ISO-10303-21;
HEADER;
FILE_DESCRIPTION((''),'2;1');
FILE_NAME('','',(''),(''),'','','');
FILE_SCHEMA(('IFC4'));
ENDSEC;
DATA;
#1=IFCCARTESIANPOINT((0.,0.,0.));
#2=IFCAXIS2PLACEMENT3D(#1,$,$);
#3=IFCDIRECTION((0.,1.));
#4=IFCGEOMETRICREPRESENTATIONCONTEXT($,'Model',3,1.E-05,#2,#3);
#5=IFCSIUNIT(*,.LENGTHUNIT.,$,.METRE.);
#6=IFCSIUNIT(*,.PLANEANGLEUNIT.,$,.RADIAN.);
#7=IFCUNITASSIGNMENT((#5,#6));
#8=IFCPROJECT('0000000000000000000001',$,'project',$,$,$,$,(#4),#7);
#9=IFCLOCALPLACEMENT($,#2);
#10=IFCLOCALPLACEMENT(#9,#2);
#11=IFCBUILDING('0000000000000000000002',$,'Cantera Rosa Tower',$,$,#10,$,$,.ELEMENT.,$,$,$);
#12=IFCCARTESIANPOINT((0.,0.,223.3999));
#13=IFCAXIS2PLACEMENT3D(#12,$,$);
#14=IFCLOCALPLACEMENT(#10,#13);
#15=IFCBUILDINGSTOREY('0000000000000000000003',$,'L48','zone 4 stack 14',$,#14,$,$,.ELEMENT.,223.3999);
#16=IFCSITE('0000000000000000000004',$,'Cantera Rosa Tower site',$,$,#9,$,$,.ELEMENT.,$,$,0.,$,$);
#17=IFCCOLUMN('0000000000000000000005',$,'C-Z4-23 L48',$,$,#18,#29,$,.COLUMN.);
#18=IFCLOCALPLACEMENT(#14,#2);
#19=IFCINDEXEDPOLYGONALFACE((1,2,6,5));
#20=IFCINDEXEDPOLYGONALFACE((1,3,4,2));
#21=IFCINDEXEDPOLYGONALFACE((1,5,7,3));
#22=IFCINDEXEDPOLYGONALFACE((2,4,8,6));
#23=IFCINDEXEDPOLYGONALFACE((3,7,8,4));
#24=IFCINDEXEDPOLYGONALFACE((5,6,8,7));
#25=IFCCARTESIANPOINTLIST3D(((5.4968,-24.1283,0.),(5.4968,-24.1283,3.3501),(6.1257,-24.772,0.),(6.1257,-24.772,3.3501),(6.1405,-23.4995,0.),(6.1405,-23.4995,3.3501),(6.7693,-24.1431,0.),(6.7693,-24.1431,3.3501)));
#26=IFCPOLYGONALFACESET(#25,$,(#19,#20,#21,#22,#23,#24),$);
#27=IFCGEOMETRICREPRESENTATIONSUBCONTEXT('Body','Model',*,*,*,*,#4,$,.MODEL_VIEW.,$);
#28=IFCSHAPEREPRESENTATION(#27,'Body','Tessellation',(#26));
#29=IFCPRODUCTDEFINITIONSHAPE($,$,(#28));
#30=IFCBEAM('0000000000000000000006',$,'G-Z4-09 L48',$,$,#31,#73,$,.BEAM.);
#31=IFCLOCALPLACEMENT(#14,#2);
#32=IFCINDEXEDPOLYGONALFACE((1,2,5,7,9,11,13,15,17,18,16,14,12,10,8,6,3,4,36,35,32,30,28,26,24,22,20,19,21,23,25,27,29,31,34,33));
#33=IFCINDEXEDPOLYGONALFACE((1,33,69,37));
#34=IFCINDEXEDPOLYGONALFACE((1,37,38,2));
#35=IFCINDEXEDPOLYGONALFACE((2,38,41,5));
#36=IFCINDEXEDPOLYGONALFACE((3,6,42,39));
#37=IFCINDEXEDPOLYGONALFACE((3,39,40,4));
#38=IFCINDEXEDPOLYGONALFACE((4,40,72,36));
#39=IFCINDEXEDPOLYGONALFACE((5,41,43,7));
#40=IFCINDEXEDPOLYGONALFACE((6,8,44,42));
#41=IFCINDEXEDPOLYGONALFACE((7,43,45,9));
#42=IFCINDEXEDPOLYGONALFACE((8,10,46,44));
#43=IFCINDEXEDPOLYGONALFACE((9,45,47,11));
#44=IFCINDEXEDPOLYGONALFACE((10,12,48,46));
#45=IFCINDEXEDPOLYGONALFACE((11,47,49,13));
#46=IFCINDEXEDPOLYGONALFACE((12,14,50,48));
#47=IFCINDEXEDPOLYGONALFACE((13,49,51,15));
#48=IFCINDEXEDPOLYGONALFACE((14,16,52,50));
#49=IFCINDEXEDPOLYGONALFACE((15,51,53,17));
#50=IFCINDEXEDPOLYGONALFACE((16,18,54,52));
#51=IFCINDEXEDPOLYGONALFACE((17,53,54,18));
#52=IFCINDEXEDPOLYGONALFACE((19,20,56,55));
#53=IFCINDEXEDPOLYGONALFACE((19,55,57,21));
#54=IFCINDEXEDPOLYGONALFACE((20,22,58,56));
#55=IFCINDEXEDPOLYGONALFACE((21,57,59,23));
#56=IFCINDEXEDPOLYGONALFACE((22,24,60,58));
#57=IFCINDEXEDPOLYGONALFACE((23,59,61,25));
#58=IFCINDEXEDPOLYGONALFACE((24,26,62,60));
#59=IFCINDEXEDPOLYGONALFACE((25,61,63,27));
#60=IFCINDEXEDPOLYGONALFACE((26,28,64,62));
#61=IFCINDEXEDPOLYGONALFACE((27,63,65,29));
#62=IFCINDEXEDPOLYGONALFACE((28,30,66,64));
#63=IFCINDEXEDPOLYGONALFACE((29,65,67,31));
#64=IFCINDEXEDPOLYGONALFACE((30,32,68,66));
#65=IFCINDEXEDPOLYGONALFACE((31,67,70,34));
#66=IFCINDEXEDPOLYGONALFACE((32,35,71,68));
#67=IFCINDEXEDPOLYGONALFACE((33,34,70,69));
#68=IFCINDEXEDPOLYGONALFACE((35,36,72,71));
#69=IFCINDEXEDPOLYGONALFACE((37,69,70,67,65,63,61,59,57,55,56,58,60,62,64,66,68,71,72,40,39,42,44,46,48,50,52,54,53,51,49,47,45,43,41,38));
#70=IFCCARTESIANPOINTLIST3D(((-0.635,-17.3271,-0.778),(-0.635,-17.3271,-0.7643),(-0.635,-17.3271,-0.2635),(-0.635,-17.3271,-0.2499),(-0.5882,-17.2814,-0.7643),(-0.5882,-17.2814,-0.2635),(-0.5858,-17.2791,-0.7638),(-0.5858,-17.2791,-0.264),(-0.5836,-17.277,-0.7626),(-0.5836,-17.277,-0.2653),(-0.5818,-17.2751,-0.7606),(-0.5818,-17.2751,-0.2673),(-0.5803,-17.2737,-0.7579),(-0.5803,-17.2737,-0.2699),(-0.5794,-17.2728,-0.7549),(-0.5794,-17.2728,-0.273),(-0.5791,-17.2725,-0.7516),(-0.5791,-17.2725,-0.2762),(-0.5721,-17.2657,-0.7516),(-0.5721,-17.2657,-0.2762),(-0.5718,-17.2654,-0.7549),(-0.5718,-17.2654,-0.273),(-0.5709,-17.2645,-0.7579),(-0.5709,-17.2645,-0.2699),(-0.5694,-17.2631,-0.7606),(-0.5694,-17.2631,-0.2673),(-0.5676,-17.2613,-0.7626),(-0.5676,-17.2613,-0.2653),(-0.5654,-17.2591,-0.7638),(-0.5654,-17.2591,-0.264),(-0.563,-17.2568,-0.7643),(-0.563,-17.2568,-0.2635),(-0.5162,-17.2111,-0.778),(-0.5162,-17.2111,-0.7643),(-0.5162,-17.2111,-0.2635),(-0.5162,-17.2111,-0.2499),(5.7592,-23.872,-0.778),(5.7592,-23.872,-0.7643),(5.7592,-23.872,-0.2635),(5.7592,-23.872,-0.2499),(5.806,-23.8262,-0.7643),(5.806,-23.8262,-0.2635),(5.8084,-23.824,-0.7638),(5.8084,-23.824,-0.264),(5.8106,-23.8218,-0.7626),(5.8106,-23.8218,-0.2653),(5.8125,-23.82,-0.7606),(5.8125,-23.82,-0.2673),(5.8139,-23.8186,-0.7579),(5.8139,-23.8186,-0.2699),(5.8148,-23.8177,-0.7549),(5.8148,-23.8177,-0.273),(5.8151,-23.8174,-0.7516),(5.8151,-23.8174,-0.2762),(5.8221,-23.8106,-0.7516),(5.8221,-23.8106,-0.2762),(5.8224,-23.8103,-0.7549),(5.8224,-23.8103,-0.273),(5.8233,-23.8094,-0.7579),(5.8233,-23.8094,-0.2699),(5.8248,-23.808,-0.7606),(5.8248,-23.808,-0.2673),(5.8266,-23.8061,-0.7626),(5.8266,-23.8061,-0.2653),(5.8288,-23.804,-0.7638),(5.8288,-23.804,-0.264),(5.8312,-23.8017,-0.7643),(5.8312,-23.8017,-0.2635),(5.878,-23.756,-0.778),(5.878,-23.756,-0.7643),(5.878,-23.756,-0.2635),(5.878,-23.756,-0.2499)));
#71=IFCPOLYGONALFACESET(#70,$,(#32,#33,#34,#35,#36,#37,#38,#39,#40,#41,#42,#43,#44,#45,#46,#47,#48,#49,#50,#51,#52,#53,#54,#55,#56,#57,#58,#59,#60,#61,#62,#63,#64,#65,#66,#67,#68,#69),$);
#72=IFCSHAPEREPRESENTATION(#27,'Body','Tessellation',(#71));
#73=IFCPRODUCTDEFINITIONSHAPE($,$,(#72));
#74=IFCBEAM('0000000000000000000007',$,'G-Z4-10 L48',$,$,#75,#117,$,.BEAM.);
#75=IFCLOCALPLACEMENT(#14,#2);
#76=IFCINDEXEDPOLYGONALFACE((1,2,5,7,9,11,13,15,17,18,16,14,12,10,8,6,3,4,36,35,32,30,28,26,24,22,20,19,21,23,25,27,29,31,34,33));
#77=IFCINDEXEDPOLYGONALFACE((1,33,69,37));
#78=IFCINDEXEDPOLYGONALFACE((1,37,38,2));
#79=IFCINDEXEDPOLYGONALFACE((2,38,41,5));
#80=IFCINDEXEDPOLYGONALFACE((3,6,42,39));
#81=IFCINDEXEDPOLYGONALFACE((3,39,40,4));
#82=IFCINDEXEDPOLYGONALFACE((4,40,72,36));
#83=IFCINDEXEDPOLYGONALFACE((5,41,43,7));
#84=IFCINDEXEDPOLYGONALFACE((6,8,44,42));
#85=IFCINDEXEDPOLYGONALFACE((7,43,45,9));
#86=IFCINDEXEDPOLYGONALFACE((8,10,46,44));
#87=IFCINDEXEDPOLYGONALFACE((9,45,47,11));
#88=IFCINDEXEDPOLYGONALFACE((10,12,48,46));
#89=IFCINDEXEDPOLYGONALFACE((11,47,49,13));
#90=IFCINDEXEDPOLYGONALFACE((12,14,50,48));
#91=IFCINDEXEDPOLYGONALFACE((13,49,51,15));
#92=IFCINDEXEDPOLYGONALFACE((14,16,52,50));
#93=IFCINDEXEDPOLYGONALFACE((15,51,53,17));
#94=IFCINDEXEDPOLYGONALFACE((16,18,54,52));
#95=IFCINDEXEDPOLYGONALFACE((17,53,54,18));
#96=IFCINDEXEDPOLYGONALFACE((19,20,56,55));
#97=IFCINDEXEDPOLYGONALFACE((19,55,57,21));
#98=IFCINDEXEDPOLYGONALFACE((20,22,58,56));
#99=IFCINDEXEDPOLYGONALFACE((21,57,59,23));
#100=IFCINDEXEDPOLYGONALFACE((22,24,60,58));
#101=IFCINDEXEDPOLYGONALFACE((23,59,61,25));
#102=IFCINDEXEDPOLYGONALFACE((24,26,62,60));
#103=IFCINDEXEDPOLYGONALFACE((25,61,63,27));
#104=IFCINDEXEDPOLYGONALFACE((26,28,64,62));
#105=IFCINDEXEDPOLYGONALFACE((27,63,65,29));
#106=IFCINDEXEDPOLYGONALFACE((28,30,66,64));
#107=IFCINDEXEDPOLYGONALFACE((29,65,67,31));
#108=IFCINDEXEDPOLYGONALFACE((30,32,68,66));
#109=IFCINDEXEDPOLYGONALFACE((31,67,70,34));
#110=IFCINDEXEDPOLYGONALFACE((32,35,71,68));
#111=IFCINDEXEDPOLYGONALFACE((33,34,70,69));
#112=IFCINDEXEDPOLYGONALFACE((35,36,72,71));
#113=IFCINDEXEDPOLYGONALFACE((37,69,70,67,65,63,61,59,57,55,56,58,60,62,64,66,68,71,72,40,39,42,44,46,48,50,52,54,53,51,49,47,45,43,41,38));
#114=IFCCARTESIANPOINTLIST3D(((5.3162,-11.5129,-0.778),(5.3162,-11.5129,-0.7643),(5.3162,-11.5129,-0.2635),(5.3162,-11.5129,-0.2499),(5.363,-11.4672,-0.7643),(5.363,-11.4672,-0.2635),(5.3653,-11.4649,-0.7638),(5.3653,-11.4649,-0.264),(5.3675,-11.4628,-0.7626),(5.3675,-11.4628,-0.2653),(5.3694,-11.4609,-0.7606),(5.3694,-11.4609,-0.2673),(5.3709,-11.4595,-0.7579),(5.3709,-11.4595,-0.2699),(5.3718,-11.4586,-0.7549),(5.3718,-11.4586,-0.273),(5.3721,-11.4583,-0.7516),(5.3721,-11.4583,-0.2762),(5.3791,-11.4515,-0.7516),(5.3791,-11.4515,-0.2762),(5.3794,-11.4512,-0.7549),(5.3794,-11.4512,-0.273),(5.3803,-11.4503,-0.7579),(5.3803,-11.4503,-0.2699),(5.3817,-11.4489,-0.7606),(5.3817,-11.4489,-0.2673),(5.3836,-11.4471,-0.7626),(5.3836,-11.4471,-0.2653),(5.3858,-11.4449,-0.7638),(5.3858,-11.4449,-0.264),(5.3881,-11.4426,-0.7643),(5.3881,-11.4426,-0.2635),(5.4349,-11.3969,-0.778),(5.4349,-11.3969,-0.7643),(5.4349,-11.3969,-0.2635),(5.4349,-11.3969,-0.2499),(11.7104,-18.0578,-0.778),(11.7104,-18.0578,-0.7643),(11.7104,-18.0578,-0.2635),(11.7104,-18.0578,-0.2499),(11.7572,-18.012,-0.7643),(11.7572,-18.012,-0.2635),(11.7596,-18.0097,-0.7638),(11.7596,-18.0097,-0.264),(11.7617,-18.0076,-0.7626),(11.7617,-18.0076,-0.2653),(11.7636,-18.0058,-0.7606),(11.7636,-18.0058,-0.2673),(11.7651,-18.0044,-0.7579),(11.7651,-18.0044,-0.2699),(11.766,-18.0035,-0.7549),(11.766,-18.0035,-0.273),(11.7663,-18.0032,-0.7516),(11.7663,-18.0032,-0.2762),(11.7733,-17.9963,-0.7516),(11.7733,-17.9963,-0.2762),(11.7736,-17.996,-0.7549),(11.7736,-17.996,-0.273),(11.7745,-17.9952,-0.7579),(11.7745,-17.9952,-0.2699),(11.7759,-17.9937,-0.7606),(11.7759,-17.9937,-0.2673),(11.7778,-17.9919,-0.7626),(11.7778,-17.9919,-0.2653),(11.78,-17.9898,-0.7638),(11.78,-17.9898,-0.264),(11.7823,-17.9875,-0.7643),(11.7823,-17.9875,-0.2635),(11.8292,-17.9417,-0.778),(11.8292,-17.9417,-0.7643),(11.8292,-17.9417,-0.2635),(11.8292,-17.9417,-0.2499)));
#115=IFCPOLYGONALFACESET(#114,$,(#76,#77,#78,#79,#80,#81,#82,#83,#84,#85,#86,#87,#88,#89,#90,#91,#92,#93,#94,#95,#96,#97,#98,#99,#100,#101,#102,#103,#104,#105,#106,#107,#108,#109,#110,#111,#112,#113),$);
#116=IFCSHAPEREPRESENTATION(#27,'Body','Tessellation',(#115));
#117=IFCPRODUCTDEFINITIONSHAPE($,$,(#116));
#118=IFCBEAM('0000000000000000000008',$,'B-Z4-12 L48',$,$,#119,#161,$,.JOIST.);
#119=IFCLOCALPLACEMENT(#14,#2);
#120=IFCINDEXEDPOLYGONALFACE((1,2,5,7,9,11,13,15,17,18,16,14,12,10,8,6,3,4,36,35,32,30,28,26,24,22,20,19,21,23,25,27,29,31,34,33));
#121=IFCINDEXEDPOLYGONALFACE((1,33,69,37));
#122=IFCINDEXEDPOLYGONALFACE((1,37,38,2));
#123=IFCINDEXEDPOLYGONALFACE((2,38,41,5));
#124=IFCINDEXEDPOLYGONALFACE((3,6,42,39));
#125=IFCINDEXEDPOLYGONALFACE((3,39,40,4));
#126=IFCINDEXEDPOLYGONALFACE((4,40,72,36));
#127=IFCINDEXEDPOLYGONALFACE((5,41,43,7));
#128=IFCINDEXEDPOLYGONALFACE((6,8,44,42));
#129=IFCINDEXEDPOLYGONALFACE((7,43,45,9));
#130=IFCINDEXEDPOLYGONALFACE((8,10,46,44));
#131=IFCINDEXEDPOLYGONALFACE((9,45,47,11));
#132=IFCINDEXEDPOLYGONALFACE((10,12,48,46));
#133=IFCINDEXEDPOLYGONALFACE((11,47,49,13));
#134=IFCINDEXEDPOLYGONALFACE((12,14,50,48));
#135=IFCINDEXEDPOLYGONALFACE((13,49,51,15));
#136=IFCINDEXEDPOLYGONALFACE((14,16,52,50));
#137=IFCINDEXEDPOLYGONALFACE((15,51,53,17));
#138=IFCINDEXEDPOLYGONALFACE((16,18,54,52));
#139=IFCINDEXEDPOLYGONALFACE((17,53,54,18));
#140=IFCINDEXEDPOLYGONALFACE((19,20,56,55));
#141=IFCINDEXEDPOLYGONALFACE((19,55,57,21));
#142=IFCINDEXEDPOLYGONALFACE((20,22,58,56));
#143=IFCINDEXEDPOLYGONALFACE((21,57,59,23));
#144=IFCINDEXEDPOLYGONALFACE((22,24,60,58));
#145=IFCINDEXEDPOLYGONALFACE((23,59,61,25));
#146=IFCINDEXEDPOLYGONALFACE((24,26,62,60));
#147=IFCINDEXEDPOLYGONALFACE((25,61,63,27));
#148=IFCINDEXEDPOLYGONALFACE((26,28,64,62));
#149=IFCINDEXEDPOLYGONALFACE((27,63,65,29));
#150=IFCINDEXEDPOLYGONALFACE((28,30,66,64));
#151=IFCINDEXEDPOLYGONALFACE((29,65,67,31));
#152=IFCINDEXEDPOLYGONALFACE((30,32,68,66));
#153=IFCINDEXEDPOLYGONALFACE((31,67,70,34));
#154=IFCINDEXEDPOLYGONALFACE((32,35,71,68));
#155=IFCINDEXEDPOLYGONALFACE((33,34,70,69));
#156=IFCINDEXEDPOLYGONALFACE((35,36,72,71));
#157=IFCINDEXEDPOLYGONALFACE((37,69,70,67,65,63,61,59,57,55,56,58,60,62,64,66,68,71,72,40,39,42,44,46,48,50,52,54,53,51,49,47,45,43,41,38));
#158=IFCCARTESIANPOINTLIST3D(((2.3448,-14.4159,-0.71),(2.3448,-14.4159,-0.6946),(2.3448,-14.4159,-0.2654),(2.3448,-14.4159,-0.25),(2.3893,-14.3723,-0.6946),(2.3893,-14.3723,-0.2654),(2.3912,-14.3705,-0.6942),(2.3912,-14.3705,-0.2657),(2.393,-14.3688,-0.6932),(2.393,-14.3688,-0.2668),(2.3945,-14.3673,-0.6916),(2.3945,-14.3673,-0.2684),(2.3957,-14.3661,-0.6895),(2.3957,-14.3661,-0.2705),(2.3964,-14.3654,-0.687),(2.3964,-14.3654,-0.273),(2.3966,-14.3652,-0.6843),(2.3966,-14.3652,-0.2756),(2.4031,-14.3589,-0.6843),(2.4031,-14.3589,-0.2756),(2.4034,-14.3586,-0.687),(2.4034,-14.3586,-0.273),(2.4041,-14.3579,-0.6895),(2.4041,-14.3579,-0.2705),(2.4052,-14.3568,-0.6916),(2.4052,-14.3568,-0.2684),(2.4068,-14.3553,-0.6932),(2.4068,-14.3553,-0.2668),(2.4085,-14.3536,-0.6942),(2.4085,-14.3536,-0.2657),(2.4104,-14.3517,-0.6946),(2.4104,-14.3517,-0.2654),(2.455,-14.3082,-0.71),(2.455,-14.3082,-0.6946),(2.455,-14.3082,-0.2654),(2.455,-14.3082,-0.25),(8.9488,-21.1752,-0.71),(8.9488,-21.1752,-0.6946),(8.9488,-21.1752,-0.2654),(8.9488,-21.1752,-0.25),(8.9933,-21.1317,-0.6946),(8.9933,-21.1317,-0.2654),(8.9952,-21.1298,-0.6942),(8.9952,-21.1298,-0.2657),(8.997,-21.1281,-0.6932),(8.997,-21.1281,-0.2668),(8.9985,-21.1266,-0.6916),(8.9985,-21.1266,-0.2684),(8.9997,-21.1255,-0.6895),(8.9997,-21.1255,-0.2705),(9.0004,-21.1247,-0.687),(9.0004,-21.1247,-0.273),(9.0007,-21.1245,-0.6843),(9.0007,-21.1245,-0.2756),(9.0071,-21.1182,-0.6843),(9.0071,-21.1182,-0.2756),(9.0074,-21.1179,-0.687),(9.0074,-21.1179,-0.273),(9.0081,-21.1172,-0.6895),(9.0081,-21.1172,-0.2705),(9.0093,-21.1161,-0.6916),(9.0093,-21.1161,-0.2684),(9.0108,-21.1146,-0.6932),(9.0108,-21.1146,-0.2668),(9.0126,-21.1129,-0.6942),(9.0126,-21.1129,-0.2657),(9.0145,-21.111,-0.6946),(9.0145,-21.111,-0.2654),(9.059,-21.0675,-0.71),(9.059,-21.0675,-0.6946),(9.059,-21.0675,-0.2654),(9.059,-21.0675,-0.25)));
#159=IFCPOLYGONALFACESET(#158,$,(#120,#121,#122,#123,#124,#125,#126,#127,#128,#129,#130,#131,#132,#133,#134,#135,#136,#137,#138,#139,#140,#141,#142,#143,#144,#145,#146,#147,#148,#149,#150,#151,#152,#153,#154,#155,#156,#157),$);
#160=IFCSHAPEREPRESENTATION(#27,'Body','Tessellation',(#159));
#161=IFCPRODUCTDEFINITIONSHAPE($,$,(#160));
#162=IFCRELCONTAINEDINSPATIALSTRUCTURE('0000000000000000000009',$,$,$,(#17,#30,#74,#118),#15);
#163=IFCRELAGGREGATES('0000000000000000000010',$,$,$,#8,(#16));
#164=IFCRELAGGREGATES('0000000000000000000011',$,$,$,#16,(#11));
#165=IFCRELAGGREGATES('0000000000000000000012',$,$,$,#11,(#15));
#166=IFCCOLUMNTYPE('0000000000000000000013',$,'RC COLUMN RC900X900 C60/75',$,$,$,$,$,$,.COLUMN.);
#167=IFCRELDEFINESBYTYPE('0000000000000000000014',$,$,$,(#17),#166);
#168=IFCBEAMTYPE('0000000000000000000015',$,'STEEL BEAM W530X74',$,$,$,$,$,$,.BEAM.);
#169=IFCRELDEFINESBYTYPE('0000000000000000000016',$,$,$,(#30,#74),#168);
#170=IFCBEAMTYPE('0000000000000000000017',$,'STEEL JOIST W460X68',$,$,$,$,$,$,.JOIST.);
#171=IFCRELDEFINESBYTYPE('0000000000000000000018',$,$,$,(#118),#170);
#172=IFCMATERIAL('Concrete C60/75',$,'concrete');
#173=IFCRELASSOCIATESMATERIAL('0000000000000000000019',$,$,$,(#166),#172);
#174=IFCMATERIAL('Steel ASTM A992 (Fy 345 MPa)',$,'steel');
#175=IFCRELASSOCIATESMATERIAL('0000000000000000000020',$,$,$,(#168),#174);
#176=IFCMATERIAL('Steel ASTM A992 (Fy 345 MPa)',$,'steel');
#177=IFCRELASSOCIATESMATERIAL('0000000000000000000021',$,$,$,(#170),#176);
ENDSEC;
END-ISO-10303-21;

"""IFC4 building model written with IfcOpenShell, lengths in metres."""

from ifc_helpers import new_model, si_unit, direction, frame, origin, origin_2d, place, context, subcontext, project, spatial, rectangle, i_section, extrude, material, material_profile, profile_set, type_object, element, save


model = new_model("IFC4")

# Units and contexts
model_context = context("Model", 3, precision=1e-05, world=origin(), true_north=direction((0.0, 1.0)))
body_context = subcontext(model_context, "Body", "Model", "MODEL_VIEW")
ifc_project = project(units=[si_unit("LENGTHUNIT", "METRE"), si_unit("PLANEANGLEUNIT", "RADIAN")], contexts=[model_context])

# Site, building, storey
site_placement = place(None, origin())
site = spatial("IfcSite", under=ifc_project, at=site_placement, Name="Cantera Rosa Tower site", CompositionType="ELEMENT", RefElevation=0.0)
building_placement = place(site_placement, origin())
building = spatial("IfcBuilding", under=site, at=building_placement, Name="Cantera Rosa Tower", CompositionType="ELEMENT")
storey_placement = place(building_placement, frame((0.0, 0.0, 223.3999)))
storey = spatial("IfcBuildingStorey", under=building, at=storey_placement, Name="L48", Description="zone 4 stack 14", CompositionType="ELEMENT", Elevation=223.3999)

# Column
ifc_material_1 = material(Name="Concrete C60/75", Category="concrete")
ifc_material_profile_1 = material_profile(ifc_material_1, rectangle(XDim=0.8999, YDim=0.8999, at=origin_2d()), Name="RC COLUMN RC900X900 C60/75")
ifc_profile_set_1 = profile_set([ifc_material_profile_1], Name="Concrete C60/75")
column_type = type_object("IfcColumnType", Name="RC COLUMN RC900X900 C60/75", PredefinedType="COLUMN", material=ifc_profile_set_1)
column_placement = place(storey_placement, frame((6.1331, -24.1357, 0.0), z_axis=(0.0, 0.0, 1.0), x_axis=(0.715286, 0.698832, 0.0)))
element("IfcColumn", 1, at=column_placement, inside=storey, type_object=column_type, Name="C-Z4-23 L48", PredefinedType="COLUMN", context=body_context, shape_type="SweptSolid", body=[
    extrude(rectangle(XDim=0.8999, YDim=0.8999, at=origin_2d()), origin(), (0.0, 0.0, 1.0), 3.3501),
])

# Beams
ifc_material_2 = material(Name="Steel ASTM A992 (Fy 345 MPa)", Category="steel")
ifc_material_profile_2 = material_profile(ifc_material_2, i_section(OverallWidth=0.166, OverallDepth=0.5281, WebThickness=0.0098, FlangeThickness=0.0137, FilletRadius=0.0127, at=origin_2d()), Name="W530X74")
ifc_profile_set_2 = profile_set([ifc_material_profile_2], Name="Steel ASTM A992 (Fy 345 MPa)")
beam_type_1 = type_object("IfcBeamType", Name="STEEL BEAM W530X74", PredefinedType="BEAM", material=ifc_profile_set_2)
for number, where, z_axis, x_axis, name in (
    (2, (5.8186, -23.814, -0.5139), (-0.698827, 0.71529, 0.0), (-0.71529, -0.698827, 0.0), "G-Z4-09 L48"),
    (3, (11.7698, -17.9998, -0.5139), (-0.698827, 0.71529, 0.0), (-0.71529, -0.698827, 0.0), "G-Z4-10 L48"),
):
    element("IfcBeam", number, at=place(storey_placement, frame(where, z_axis=z_axis, x_axis=x_axis)), inside=storey, type_object=beam_type_1, Name=name, PredefinedType="BEAM", context=body_context, shape_type="SweptSolid", body=[
        extrude(i_section(OverallWidth=0.166, OverallDepth=0.5281, WebThickness=0.0098, FlangeThickness=0.0137, FilletRadius=0.0127, at=origin_2d()), origin(), (0.0, 0.0, 1.0), 9.1499),
    ])
ifc_material_3 = material(Name="Steel ASTM A992 (Fy 345 MPa)", Category="steel")
ifc_material_profile_3 = material_profile(ifc_material_3, i_section(OverallWidth=0.1541, OverallDepth=0.46, WebThickness=0.009, FlangeThickness=0.0154, FilletRadius=0.0103, at=origin_2d()), Name="W460X68")
ifc_profile_set_3 = profile_set([ifc_material_profile_3], Name="Steel ASTM A992 (Fy 345 MPa)")
beam_type_2 = type_object("IfcBeamType", Name="STEEL JOIST W460X68", PredefinedType="JOIST", material=ifc_profile_set_3)
beam_1_placement = place(storey_placement, frame((9.0039, -21.1213, -0.48), z_axis=(-0.698843, 0.715275, 0.0), x_axis=(-0.715275, -0.698843, 0.0)))
element("IfcBeam", 4, at=beam_1_placement, inside=storey, type_object=beam_type_2, Name="B-Z4-12 L48", PredefinedType="JOIST", context=body_context, shape_type="SweptSolid", body=[
    extrude(i_section(OverallWidth=0.1541, OverallDepth=0.46, WebThickness=0.009, FlangeThickness=0.0154, FilletRadius=0.0103, at=origin_2d()), origin(), (0.0, 0.0, 1.0), 9.45),
])

save(model, "model.ifc")
